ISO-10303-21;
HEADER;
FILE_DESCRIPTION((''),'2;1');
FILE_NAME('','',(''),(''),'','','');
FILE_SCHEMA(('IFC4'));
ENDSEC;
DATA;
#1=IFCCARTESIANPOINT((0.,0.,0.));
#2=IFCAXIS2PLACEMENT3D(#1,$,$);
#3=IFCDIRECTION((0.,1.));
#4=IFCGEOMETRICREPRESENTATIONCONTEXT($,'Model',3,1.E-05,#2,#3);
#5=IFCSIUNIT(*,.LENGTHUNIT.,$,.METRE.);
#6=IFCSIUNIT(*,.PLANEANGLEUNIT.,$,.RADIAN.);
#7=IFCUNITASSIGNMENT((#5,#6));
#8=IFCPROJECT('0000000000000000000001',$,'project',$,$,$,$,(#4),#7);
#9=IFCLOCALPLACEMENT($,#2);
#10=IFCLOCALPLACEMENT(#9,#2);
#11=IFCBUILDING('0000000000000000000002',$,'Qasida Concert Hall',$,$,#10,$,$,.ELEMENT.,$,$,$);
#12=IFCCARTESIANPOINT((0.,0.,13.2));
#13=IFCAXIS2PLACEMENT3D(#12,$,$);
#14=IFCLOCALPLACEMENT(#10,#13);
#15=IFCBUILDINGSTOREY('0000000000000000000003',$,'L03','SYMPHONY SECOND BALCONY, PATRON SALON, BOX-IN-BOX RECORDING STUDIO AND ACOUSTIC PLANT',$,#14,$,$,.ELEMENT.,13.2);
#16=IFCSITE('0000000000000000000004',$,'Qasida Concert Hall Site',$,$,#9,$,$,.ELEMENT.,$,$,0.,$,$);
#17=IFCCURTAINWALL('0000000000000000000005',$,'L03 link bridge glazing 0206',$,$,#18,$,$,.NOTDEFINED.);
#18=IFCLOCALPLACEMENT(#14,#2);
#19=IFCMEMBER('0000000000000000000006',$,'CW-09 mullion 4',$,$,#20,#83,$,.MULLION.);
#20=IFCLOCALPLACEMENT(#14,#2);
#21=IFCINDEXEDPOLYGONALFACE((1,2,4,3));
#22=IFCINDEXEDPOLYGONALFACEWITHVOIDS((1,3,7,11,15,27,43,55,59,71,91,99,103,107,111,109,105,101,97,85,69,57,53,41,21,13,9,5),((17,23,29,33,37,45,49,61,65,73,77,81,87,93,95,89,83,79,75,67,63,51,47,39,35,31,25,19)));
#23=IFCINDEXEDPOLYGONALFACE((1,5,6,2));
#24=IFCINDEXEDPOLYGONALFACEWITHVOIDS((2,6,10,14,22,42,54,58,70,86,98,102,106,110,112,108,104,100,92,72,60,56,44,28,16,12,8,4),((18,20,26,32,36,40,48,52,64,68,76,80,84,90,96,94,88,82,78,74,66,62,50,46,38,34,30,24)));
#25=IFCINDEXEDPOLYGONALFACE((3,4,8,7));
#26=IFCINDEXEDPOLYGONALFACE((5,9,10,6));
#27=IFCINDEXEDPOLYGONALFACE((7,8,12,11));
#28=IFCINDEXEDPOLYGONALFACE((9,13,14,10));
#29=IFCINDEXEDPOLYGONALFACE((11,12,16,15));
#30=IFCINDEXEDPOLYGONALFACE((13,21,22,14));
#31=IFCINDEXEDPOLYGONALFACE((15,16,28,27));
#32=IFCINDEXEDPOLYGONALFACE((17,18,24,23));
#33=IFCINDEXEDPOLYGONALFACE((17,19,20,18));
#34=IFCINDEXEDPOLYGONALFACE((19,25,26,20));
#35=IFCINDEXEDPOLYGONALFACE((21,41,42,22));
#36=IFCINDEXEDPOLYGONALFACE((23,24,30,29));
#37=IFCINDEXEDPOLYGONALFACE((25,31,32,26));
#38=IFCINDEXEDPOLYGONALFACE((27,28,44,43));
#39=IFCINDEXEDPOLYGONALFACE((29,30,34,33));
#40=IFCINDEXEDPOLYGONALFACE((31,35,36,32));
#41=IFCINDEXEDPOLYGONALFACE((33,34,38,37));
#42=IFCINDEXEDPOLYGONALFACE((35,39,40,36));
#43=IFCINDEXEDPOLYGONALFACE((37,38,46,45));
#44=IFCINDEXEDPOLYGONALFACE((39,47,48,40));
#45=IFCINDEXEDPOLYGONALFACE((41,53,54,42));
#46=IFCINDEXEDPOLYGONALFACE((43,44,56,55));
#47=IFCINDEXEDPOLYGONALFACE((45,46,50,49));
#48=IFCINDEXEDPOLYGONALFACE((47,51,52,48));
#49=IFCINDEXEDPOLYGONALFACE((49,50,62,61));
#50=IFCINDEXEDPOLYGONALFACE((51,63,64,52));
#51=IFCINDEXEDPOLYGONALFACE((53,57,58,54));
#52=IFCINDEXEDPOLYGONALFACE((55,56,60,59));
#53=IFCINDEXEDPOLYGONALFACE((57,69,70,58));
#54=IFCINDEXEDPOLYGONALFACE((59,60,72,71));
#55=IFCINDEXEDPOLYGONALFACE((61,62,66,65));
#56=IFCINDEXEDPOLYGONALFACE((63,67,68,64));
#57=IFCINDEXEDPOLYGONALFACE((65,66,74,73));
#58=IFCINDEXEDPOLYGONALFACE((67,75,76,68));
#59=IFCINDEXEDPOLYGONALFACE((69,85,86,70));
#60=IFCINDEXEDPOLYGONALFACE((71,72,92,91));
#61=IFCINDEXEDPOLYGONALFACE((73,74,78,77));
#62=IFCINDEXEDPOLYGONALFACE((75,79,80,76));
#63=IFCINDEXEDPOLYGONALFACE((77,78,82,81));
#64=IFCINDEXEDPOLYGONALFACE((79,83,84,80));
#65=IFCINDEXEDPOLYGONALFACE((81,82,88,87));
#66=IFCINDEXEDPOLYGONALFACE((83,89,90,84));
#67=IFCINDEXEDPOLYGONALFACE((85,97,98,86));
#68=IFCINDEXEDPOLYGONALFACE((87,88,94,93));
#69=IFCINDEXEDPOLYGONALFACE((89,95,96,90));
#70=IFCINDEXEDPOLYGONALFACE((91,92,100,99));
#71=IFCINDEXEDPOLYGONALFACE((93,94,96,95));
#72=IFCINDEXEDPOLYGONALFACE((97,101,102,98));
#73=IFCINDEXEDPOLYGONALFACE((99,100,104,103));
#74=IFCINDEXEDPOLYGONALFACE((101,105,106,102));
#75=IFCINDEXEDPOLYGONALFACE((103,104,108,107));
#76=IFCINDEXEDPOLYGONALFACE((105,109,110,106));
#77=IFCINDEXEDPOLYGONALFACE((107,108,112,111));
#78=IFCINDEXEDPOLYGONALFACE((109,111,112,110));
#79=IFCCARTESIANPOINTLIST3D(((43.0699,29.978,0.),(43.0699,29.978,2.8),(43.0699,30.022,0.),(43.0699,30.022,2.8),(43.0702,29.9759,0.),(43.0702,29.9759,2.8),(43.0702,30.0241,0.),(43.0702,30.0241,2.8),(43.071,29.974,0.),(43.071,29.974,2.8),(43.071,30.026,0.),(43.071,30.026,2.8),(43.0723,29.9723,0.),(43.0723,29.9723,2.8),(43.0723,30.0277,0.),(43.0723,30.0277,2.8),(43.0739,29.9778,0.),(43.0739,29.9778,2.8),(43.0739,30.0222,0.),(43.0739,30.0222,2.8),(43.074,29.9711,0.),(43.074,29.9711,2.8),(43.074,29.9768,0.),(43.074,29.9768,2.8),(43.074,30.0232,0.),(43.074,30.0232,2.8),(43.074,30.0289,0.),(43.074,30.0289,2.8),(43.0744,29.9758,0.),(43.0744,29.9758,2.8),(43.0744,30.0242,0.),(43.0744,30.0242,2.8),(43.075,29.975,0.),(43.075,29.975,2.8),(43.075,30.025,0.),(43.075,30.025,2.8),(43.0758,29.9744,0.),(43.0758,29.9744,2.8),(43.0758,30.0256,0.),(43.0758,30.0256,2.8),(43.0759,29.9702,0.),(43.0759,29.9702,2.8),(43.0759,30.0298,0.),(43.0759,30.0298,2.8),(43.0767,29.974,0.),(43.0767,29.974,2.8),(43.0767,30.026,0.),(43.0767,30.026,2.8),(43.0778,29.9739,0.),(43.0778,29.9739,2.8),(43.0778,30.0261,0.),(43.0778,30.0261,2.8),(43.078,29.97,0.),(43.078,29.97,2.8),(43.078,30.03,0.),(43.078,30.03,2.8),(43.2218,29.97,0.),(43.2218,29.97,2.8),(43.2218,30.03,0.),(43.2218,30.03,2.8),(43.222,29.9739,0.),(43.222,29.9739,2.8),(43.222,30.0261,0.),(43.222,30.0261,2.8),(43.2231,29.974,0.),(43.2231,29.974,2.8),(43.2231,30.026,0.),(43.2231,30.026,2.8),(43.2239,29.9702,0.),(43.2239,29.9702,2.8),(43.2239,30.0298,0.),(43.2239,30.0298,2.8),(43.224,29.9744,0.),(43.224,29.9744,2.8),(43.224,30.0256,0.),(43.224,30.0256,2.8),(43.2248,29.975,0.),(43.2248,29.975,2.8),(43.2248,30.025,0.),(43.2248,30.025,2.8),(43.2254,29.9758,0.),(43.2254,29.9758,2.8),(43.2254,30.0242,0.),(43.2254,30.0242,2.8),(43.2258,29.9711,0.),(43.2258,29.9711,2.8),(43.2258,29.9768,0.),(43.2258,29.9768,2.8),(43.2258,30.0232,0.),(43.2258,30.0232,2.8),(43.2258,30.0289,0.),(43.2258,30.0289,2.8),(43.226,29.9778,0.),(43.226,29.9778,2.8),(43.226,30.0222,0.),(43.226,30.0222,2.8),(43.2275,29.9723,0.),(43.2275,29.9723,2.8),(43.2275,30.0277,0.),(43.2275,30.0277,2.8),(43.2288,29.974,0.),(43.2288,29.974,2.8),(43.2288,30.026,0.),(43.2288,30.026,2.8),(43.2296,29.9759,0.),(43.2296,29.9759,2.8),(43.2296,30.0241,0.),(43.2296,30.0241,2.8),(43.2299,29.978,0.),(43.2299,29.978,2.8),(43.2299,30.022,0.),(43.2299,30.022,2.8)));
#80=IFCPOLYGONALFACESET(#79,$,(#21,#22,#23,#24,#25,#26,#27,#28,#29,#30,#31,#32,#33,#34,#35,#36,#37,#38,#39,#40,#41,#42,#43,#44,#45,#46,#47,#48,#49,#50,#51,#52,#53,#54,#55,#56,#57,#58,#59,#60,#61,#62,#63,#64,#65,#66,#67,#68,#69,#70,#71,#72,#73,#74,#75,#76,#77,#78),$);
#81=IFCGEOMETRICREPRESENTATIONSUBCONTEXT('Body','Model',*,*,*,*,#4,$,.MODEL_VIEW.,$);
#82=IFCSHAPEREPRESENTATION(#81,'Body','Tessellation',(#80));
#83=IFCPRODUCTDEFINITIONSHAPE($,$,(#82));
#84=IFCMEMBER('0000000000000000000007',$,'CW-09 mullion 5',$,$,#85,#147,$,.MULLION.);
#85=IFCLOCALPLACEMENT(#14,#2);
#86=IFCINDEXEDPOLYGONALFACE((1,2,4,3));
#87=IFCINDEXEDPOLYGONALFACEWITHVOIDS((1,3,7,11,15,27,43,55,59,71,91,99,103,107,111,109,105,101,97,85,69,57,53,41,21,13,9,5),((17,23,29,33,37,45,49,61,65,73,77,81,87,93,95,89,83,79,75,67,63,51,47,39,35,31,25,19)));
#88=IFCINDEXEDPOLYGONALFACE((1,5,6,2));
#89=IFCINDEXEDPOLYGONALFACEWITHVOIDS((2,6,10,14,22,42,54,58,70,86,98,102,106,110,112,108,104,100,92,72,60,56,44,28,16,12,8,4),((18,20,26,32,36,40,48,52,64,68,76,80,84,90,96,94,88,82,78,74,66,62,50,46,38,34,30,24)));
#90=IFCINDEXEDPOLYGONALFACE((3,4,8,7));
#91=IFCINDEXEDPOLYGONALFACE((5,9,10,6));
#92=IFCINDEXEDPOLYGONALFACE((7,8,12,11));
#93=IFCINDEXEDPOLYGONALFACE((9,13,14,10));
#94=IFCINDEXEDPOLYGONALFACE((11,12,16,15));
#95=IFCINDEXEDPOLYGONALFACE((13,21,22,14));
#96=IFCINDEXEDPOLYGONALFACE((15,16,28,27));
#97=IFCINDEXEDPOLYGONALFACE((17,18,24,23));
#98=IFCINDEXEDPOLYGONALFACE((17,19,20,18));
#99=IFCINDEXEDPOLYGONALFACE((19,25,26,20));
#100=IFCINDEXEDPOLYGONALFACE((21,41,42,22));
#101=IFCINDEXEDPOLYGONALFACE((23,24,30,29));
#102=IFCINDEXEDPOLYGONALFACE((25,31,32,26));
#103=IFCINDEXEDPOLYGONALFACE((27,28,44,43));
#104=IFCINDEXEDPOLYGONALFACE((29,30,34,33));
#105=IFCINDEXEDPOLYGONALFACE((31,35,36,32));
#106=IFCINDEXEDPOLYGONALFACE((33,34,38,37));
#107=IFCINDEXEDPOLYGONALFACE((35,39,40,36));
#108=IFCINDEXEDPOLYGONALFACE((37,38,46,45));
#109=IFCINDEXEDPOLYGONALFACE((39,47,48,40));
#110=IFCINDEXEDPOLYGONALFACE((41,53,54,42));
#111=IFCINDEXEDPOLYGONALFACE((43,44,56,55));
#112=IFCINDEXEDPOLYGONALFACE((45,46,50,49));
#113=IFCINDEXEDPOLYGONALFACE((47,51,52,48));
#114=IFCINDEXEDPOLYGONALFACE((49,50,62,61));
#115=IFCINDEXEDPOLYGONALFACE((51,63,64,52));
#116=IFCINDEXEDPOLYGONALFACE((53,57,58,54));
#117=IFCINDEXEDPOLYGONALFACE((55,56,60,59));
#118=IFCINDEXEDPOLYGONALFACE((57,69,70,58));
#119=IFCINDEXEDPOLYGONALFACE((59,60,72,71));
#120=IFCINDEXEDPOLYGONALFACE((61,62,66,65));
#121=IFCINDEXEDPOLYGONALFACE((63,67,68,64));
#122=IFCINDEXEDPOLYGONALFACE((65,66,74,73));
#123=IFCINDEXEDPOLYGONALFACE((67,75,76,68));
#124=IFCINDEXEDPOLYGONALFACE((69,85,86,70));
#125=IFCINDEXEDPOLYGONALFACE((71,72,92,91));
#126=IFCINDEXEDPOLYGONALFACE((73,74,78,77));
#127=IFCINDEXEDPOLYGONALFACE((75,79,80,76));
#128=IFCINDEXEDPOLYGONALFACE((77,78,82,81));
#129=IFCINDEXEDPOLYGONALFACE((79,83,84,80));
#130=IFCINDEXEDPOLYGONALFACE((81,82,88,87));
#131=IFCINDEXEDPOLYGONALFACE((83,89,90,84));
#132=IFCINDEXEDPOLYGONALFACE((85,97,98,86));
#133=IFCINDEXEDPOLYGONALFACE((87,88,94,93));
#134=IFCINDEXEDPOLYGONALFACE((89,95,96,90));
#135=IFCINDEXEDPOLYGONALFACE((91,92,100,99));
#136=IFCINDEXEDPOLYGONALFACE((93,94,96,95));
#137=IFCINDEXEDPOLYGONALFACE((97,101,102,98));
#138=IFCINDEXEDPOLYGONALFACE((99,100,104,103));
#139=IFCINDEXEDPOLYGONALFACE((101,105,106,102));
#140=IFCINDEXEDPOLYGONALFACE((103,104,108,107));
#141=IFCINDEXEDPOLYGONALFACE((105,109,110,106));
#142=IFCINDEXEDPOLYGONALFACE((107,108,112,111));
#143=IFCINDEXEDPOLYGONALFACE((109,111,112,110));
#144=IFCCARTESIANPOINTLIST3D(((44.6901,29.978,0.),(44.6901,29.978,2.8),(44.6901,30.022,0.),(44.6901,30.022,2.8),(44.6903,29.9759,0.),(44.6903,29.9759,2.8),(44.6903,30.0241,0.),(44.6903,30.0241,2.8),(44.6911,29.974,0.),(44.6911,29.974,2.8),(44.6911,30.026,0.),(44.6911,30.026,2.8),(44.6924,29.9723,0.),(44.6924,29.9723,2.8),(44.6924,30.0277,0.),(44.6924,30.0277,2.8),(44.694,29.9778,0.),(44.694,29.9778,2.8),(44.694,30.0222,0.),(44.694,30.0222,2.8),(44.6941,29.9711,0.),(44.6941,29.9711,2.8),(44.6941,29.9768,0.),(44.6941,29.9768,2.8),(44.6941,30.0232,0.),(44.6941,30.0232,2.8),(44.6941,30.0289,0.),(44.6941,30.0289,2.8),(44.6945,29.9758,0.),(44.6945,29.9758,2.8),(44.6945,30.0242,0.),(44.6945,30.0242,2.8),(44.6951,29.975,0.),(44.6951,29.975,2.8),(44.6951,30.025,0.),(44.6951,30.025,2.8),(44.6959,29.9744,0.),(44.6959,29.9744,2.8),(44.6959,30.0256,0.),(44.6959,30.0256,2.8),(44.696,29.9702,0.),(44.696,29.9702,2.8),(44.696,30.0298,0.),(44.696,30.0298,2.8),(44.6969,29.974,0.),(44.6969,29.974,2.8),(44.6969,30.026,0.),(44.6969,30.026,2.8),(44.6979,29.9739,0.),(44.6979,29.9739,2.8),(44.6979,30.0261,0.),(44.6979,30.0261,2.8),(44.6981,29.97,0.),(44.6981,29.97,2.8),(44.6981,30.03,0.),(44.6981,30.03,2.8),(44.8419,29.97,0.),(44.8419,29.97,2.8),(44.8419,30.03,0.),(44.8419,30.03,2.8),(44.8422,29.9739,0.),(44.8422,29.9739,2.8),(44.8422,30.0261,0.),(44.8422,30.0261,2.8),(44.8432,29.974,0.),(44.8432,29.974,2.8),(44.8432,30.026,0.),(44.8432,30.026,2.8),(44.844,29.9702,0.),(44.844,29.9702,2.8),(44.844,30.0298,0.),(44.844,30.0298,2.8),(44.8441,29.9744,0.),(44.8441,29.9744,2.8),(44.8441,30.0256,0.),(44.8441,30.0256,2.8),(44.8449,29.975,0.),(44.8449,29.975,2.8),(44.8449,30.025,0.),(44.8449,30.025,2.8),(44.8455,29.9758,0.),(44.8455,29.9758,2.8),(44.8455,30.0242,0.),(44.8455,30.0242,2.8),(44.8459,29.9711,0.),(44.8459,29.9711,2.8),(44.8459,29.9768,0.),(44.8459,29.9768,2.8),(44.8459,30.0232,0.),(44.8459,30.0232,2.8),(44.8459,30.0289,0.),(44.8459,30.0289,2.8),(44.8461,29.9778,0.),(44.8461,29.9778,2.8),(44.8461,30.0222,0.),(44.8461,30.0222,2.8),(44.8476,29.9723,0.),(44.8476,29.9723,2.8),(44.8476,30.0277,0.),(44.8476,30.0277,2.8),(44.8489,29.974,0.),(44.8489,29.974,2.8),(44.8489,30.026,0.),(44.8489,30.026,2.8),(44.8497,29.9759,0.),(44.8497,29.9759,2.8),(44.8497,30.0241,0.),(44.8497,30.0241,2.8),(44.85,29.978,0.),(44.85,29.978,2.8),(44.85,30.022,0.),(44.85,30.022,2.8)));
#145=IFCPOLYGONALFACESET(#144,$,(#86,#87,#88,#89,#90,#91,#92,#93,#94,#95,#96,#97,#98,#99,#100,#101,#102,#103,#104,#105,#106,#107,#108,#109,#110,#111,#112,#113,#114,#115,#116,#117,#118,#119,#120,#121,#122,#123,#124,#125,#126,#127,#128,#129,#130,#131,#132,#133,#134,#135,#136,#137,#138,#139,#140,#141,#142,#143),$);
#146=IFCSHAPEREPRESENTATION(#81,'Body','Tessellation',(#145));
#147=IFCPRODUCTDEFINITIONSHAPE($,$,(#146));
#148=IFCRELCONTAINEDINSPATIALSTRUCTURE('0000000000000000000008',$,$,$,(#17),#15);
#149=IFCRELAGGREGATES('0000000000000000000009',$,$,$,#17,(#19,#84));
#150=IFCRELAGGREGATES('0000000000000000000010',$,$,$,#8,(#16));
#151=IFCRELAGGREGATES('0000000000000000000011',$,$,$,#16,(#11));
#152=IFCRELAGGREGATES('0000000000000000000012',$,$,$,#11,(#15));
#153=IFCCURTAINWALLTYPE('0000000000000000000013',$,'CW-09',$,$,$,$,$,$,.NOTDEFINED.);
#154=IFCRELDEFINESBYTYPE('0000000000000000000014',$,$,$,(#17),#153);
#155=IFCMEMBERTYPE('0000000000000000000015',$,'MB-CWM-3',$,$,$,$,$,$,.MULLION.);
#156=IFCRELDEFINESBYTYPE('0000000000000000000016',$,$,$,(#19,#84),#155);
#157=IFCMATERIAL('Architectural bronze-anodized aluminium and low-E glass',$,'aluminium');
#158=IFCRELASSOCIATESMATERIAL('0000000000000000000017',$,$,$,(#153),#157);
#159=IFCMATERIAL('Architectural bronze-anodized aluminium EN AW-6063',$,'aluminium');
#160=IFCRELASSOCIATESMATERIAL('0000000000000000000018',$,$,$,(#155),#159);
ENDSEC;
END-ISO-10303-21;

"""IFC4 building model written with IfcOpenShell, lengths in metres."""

from ifc_helpers import new_model, si_unit, direction, frame, origin, origin_2d, place, context, subcontext, project, spatial, hollow_rectangle, extrude, material, material_profile, profile_set, type_object, element, aggregate, save


model = new_model("IFC4")

# Units and contexts
model_context = context("Model", 3, precision=1e-05, world=origin(), true_north=direction((0.0, 1.0)))
body_context = subcontext(model_context, "Body", "Model", "MODEL_VIEW")
ifc_project = project(units=[si_unit("LENGTHUNIT", "METRE"), si_unit("PLANEANGLEUNIT", "RADIAN")], contexts=[model_context])

# Site, building, storey
site_placement = place(None, origin())
site = spatial("IfcSite", under=ifc_project, at=site_placement, Name="Qasida Concert Hall Site", CompositionType="ELEMENT", RefElevation=0.0)
building_placement = place(site_placement, origin())
building = spatial("IfcBuilding", under=site, at=building_placement, Name="Qasida Concert Hall", CompositionType="ELEMENT")
storey_placement = place(building_placement, frame((0.0, 0.0, 13.2)))
storey = spatial("IfcBuildingStorey", under=building, at=storey_placement, Name="L03", Description="SYMPHONY SECOND BALCONY, PATRON SALON, BOX-IN-BOX RECORDING STUDIO AND ACOUSTIC PLANT", CompositionType="ELEMENT", Elevation=13.2)

# Curtain wall, members
ifc_material_1 = material(Name="Architectural bronze-anodized aluminium and low-E glass", Category="aluminium")
curtain_wall_type = type_object("IfcCurtainWallType", Name="CW-09", PredefinedType="NOTDEFINED", material=ifc_material_1)
curtain_wall_1_placement = place(storey_placement, origin())
curtain_wall_1 = element("IfcCurtainWall", 1, at=curtain_wall_1_placement, inside=storey, type_object=curtain_wall_type, Name="L03 link bridge glazing 0206", PredefinedType="NOTDEFINED")
ifc_material_2 = material(Name="Architectural bronze-anodized aluminium EN AW-6063", Category="aluminium")
ifc_material_profile_1 = material_profile(ifc_material_2, hollow_rectangle(XDim=0.0601, YDim=0.1599, WallThickness=0.0039, InnerFilletRadius=0.0039, OuterFilletRadius=0.0081, at=origin_2d()), Name="CWM 160x60x4")
ifc_profile_set_1 = profile_set([ifc_material_profile_1], Name="Architectural bronze-anodized aluminium EN AW-6063")
member_type_1 = type_object("IfcMemberType", Name="MB-CWM-3", PredefinedType="MULLION", material=ifc_profile_set_1)
member_1_placement = place(storey_placement, frame((43.1499, 30.0, 0.0), z_axis=(0.0, 0.0, 1.0), x_axis=(0.0, 1.0, 0.0)))
member_1 = element("IfcMember", 2, at=member_1_placement, type_object=member_type_1, Name="CW-09 mullion 4", PredefinedType="MULLION", context=body_context, shape_type="SweptSolid", body=[
    extrude(hollow_rectangle(XDim=0.0601, YDim=0.1599, WallThickness=0.0039, InnerFilletRadius=0.0039, OuterFilletRadius=0.0081, at=origin_2d()), origin(), (0.0, 0.0, 1.0), 2.8),
])
member_2_placement = place(storey_placement, frame((44.77, 30.0, 0.0), z_axis=(0.0, 0.0, 1.0), x_axis=(0.0, 1.0, 0.0)))
member_2 = element("IfcMember", 3, at=member_2_placement, type_object=member_type_1, Name="CW-09 mullion 5", PredefinedType="MULLION", context=body_context, shape_type="SweptSolid", body=[
    extrude(hollow_rectangle(XDim=0.0601, YDim=0.1599, WallThickness=0.0039, InnerFilletRadius=0.0039, OuterFilletRadius=0.0081, at=origin_2d()), origin(), (0.0, 0.0, 1.0), 2.8),
])

aggregate(curtain_wall_1, [member_1, member_2])

save(model, "model.ifc")
